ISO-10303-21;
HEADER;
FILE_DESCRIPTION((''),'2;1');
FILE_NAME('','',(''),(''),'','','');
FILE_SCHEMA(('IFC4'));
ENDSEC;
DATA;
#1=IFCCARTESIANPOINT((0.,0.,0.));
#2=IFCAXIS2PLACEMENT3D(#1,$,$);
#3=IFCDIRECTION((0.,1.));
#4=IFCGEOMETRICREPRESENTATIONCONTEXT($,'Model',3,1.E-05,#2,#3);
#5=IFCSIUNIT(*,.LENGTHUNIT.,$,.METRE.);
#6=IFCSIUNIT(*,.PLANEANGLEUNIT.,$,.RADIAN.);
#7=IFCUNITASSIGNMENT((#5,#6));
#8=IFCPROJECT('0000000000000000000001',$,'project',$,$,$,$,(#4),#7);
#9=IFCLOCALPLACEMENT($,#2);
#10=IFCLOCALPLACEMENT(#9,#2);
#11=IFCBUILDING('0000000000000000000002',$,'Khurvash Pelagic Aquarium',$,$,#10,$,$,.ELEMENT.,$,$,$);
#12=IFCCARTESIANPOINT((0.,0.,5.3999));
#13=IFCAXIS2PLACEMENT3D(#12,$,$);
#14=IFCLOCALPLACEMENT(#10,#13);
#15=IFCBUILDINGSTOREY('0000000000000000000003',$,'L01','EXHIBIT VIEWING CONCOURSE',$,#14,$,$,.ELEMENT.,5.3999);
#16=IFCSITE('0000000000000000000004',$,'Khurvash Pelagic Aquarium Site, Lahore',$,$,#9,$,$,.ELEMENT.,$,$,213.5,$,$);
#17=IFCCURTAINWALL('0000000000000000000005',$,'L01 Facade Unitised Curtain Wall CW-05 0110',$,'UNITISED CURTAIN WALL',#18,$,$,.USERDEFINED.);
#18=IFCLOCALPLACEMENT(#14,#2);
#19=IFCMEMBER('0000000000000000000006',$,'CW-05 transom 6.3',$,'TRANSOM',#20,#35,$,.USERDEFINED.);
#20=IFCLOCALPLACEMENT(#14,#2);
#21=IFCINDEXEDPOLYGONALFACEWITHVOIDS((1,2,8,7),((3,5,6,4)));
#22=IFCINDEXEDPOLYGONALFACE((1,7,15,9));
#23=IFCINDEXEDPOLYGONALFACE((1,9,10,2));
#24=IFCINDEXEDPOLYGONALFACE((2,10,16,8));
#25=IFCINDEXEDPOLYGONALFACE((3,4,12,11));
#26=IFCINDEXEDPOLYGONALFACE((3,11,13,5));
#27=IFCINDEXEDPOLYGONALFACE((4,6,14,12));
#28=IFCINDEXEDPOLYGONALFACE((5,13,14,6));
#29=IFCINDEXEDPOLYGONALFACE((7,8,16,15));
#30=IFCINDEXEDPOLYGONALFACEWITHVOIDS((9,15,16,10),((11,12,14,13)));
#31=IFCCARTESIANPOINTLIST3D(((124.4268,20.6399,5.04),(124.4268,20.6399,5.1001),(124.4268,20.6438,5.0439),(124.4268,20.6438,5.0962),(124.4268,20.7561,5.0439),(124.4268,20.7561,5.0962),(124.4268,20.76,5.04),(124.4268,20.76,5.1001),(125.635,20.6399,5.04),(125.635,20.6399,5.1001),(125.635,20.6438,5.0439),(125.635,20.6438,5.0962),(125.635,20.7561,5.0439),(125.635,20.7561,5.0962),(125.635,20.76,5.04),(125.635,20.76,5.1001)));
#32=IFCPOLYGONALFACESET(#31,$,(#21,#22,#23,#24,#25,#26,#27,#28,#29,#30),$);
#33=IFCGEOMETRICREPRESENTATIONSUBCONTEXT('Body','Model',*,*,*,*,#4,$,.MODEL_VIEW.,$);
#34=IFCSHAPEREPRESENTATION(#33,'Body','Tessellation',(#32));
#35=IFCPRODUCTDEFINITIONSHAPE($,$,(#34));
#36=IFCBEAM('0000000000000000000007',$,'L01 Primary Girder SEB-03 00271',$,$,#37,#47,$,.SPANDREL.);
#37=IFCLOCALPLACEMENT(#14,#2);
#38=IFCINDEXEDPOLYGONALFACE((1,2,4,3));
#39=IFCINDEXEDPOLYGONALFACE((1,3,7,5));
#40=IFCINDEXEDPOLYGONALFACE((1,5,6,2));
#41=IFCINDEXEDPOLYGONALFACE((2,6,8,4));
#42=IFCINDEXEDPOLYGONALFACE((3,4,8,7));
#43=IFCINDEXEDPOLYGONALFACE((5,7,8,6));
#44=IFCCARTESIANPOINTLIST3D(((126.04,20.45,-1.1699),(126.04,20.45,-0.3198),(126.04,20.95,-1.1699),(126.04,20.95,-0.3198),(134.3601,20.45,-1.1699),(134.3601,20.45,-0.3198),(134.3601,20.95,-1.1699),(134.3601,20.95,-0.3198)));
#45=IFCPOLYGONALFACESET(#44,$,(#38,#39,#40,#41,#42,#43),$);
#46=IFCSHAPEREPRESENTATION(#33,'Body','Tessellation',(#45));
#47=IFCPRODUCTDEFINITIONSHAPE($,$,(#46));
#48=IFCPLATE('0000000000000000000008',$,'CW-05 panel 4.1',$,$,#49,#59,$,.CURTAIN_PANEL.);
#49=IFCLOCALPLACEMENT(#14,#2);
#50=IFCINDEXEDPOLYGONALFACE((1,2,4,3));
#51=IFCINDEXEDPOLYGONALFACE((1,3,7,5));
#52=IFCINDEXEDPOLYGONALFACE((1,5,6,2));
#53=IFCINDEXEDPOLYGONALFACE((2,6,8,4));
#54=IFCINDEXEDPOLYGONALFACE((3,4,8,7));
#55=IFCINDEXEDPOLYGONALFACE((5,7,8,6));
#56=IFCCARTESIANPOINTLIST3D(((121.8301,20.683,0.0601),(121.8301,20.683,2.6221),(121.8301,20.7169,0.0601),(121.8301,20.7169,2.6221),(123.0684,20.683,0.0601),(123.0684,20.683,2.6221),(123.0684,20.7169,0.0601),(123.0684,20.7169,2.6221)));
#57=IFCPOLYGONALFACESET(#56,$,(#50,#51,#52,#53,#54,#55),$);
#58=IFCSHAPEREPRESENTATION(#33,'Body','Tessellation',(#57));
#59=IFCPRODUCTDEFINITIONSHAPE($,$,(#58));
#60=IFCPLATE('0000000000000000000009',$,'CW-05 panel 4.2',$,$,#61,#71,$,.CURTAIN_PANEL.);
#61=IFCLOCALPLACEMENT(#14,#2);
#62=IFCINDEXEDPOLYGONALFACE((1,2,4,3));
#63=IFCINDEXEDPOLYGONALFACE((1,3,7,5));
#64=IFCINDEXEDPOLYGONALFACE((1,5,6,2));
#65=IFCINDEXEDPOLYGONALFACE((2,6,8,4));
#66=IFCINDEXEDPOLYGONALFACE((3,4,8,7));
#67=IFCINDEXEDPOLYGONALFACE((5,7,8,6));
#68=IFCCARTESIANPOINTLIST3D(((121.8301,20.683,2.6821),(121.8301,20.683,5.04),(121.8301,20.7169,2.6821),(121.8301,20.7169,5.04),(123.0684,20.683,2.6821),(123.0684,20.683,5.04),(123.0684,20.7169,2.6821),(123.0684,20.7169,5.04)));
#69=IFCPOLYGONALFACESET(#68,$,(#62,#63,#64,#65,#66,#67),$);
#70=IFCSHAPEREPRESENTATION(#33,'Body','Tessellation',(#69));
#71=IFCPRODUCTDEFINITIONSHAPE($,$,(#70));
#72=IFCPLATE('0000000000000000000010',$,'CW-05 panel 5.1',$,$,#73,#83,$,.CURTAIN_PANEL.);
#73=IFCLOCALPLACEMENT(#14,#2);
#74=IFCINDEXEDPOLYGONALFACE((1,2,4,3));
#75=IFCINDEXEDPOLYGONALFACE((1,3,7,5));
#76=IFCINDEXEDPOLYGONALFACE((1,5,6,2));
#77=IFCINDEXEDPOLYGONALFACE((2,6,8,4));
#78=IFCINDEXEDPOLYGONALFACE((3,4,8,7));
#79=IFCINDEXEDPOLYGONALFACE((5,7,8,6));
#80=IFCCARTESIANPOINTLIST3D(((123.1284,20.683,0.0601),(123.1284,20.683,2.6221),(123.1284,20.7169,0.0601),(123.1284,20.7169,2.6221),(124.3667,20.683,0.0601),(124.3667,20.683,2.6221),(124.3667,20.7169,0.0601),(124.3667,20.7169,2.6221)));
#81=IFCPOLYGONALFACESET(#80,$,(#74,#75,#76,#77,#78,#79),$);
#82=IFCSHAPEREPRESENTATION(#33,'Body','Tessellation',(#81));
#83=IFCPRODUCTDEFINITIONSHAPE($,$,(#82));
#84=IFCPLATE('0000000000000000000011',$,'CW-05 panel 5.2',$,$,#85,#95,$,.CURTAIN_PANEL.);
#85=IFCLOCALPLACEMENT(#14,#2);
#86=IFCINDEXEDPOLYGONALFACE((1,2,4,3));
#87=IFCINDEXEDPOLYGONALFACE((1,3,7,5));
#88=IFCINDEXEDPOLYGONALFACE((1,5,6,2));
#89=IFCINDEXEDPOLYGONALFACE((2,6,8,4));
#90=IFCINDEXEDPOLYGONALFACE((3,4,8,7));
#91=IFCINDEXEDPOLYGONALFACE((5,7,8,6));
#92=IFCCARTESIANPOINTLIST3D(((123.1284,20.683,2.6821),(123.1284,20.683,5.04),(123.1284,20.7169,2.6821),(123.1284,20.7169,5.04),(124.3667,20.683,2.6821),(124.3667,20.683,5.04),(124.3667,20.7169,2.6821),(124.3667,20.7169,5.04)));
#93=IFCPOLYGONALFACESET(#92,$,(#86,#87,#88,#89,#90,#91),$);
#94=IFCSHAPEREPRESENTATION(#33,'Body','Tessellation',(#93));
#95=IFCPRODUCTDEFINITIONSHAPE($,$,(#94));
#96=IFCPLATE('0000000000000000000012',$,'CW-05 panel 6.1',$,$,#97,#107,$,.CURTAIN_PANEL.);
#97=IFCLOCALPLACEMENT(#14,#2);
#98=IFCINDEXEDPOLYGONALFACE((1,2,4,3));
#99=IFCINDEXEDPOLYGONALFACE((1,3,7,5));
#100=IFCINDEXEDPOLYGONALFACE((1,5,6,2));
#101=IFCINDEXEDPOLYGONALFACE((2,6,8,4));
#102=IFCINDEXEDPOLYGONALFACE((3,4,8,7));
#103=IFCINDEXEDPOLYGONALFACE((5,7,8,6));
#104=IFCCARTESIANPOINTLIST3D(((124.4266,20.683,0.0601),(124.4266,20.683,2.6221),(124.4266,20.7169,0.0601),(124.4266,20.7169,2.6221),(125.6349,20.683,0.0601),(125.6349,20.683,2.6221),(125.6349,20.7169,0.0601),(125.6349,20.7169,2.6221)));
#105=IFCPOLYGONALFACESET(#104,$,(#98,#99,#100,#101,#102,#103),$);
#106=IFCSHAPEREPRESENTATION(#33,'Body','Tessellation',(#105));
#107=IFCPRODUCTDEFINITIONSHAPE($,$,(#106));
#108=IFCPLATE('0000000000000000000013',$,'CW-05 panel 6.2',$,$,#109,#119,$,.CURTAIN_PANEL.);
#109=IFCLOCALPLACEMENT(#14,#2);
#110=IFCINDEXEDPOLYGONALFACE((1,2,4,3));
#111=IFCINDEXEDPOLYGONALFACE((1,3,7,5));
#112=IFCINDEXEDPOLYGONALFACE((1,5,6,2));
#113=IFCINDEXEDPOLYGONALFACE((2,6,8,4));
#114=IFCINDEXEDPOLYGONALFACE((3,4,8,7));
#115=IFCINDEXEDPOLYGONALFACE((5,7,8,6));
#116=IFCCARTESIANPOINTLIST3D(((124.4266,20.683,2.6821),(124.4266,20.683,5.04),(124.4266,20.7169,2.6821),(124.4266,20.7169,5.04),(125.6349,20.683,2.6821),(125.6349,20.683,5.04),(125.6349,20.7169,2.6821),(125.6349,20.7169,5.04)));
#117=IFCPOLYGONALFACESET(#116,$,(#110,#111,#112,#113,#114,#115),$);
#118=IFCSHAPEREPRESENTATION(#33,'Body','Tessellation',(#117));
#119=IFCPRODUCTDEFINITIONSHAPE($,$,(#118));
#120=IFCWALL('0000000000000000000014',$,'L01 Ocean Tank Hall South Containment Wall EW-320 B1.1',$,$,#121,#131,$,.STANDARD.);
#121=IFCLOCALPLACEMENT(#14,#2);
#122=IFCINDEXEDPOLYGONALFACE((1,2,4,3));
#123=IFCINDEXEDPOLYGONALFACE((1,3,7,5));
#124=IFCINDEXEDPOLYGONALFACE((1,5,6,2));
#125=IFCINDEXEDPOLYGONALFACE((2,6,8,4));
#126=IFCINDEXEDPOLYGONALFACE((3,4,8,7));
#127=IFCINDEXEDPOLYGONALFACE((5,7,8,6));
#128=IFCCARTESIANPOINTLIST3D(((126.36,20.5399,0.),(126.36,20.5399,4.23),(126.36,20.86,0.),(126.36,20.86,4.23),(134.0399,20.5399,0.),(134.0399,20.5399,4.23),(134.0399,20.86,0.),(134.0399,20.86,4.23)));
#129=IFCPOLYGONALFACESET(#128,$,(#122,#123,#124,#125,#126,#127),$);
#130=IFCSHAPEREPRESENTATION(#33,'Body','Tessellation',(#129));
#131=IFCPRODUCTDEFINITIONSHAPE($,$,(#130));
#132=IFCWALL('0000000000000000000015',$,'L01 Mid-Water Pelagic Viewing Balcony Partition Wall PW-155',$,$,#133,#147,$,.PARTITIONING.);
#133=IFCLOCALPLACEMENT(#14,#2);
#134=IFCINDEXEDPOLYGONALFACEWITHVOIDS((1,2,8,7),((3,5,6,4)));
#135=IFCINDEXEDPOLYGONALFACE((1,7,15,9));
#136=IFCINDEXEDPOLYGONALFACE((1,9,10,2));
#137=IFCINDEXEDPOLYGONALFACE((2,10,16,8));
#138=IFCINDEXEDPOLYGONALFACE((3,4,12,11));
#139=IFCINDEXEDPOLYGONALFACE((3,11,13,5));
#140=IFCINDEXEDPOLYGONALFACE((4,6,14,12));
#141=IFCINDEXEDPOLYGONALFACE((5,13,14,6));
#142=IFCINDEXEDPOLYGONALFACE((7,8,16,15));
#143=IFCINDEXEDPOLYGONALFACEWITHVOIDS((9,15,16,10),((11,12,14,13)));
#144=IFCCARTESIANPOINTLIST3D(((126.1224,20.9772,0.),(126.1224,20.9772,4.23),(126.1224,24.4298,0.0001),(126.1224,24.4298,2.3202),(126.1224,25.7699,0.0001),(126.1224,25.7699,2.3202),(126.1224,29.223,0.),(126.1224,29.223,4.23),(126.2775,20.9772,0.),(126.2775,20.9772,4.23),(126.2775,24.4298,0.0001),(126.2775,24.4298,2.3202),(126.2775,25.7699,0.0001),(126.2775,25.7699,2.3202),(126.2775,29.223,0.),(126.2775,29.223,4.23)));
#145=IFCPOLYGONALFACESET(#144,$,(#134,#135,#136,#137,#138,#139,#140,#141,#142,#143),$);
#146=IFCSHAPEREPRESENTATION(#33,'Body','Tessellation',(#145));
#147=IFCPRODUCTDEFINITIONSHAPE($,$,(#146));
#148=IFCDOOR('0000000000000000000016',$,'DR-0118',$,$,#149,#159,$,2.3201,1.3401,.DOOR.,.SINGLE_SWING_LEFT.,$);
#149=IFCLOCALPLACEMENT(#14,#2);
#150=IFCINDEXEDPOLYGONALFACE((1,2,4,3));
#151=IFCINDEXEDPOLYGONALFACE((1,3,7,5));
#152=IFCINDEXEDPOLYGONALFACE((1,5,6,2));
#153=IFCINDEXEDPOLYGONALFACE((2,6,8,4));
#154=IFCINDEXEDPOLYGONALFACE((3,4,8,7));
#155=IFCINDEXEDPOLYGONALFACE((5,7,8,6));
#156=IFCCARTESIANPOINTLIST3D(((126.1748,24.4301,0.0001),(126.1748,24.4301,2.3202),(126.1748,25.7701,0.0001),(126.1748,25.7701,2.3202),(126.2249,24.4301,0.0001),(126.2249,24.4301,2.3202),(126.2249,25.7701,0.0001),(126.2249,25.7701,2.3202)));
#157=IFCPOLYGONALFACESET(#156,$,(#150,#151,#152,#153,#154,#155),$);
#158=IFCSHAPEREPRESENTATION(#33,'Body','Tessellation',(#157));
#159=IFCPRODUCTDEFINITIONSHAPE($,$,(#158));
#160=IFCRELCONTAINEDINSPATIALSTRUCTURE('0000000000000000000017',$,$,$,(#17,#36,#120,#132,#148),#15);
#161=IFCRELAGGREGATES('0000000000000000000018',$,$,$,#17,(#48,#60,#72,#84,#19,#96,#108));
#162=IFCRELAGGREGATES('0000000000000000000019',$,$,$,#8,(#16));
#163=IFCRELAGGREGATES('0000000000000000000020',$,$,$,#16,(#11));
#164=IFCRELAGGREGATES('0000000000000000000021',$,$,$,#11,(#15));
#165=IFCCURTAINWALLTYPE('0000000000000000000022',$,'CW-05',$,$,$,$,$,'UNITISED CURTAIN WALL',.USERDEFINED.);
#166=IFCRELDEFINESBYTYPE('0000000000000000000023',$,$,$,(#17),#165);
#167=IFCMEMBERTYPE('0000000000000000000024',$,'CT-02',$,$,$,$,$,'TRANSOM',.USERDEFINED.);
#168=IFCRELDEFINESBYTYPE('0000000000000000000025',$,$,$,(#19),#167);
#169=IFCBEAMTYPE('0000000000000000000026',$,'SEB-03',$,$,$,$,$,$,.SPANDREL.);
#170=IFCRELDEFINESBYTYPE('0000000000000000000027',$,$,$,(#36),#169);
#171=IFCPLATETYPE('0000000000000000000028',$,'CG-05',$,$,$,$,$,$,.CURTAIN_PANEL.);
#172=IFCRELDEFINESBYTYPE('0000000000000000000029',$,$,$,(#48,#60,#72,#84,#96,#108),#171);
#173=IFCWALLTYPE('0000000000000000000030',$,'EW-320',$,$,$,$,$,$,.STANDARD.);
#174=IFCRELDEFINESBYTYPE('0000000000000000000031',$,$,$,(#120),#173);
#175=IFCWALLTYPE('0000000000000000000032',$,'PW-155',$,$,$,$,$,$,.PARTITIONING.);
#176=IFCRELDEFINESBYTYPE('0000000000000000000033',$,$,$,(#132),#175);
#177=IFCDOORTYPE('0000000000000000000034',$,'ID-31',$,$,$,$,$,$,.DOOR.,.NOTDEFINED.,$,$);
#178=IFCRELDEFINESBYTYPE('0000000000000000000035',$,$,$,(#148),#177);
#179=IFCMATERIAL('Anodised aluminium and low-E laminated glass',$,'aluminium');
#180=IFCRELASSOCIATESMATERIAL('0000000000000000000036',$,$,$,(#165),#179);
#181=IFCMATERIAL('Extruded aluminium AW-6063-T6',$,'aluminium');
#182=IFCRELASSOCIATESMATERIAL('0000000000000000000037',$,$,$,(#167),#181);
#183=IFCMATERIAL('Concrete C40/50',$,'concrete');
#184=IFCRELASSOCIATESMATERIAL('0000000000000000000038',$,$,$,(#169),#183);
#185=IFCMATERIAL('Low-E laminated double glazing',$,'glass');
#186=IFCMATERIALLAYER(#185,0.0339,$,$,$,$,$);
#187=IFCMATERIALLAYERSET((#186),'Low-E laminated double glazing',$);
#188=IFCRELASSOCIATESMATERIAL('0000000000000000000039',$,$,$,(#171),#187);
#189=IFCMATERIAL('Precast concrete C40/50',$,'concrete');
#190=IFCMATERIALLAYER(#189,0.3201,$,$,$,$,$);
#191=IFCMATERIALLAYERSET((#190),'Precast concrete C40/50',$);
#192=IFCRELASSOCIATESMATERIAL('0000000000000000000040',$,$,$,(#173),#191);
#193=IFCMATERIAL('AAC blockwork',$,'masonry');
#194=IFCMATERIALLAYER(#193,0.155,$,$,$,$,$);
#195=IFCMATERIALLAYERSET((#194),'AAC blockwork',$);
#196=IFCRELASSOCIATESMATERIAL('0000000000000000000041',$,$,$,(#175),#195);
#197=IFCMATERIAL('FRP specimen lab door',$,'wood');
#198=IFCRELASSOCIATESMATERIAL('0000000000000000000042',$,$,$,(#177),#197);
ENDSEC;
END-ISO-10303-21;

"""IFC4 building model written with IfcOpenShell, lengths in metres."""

from ifc_helpers import new_model, si_unit, direction, frame, frame_2d, origin, origin_2d, place, context, subcontext, project, spatial, rectangle, hollow_rectangle, extrude, material, layer, layer_set, material_profile, profile_set, type_object, element, fill, aggregate, save


model = new_model("IFC4")

# Units and contexts
model_context = context("Model", 3, precision=1e-05, world=origin(), true_north=direction((0.0, 1.0)))
body_context = subcontext(model_context, "Body", "Model", "MODEL_VIEW")
ifc_project = project(units=[si_unit("LENGTHUNIT", "METRE"), si_unit("PLANEANGLEUNIT", "RADIAN")], contexts=[model_context])

# Site, building, storey
site_placement = place(None, origin())
site = spatial("IfcSite", under=ifc_project, at=site_placement, Name="Khurvash Pelagic Aquarium Site, Lahore", CompositionType="ELEMENT", RefElevation=213.5)
building_placement = place(site_placement, origin())
building = spatial("IfcBuilding", under=site, at=building_placement, Name="Khurvash Pelagic Aquarium", CompositionType="ELEMENT")
storey_placement = place(building_placement, frame((0.0, 0.0, 5.3999)))
storey = spatial("IfcBuildingStorey", under=building, at=storey_placement, Name="L01", Description="EXHIBIT VIEWING CONCOURSE", CompositionType="ELEMENT", Elevation=5.3999)

# Shared definitions
ifc_material_1 = material(Name="Concrete C40/50", Category="concrete")

# Curtain wall, member
ifc_material_2 = material(Name="Anodised aluminium and low-E laminated glass", Category="aluminium")
curtain_wall_type = type_object("IfcCurtainWallType", Name="CW-05", ElementType="UNITISED CURTAIN WALL", PredefinedType="USERDEFINED", material=ifc_material_2)
curtain_wall_placement = place(storey_placement, origin())
curtain_wall = element("IfcCurtainWall", 1, at=curtain_wall_placement, inside=storey, type_object=curtain_wall_type, Name="L01 Facade Unitised Curtain Wall CW-05 0110", ObjectType="UNITISED CURTAIN WALL", PredefinedType="USERDEFINED")
ifc_material_3 = material(Name="Extruded aluminium AW-6063-T6", Category="aluminium")
ifc_material_profile_1 = material_profile(ifc_material_3, hollow_rectangle(XDim=0.1201, YDim=0.0601, WallThickness=0.0039, at=origin_2d()), Name="CWT120X60X4")
ifc_profile_set_1 = profile_set([ifc_material_profile_1], Name="Extruded aluminium AW-6063-T6")
member_type_1 = type_object("IfcMemberType", Name="CT-02", ElementType="TRANSOM", PredefinedType="USERDEFINED", material=ifc_profile_set_1)
member_1_placement = place(storey_placement, frame((124.4268, 20.7, 5.0701), z_axis=(1.0, 0.0, 0.0), x_axis=(0.0, 1.0, 0.0)))
member_1 = element("IfcMember", 2, at=member_1_placement, type_object=member_type_1, Name="CW-05 transom 6.3", ObjectType="TRANSOM", PredefinedType="USERDEFINED", context=body_context, shape_type="SweptSolid", body=[
    extrude(hollow_rectangle(XDim=0.1201, YDim=0.0601, WallThickness=0.0039, at=origin_2d()), origin(), (0.0, 0.0, 1.0), 1.2083),
])

# Beam
ifc_material_profile_2 = material_profile(ifc_material_1, rectangle(XDim=0.5, YDim=0.8501, at=origin_2d()), Name="RC500X850")
ifc_profile_set_2 = profile_set([ifc_material_profile_2], Name="Concrete C40/50")
beam_type_1 = type_object("IfcBeamType", Name="SEB-03", PredefinedType="SPANDREL", material=ifc_profile_set_2)
beam_1_placement = place(storey_placement, frame((126.04, 20.7, -0.7449), z_axis=(1.0, 0.0, 0.0), x_axis=(0.0, 1.0, 0.0)))
element("IfcBeam", 3, at=beam_1_placement, inside=storey, type_object=beam_type_1, Name="L01 Primary Girder SEB-03 00271", PredefinedType="SPANDREL", context=body_context, shape_type="SweptSolid", body=[
    extrude(rectangle(XDim=0.5, YDim=0.8501, at=origin_2d()), origin(), (0.0, 0.0, 1.0), 8.3201),
])

# Plates
ifc_material_4 = material(Name="Low-E laminated double glazing", Category="glass")
ifc_layer_1 = layer(ifc_material_4, 0.0339)
ifc_layer_set_1 = layer_set([ifc_layer_1], Name="Low-E laminated double glazing")
plate_type = type_object("IfcPlateType", Name="CG-05", PredefinedType="CURTAIN_PANEL", material=ifc_layer_set_1)
plate_1_placement = place(storey_placement, frame((122.4492, 20.7, 0.0601), z_axis=(0.0, 0.0, 1.0), x_axis=(1.0, 0.0, 0.0)))
plate_1 = element("IfcPlate", 4, at=plate_1_placement, type_object=plate_type, Name="CW-05 panel 4.1", PredefinedType="CURTAIN_PANEL", context=body_context, shape_type="SweptSolid", body=[
    extrude(rectangle(XDim=1.2383, YDim=0.0339, at=origin_2d()), origin(), (0.0, 0.0, 1.0), 2.562),
])
plate_2_placement = place(storey_placement, frame((122.4492, 20.7, 2.6821), z_axis=(0.0, 0.0, 1.0), x_axis=(1.0, 0.0, 0.0)))
plate_2 = element("IfcPlate", 5, at=plate_2_placement, type_object=plate_type, Name="CW-05 panel 4.2", PredefinedType="CURTAIN_PANEL", context=body_context, shape_type="SweptSolid", body=[
    extrude(rectangle(XDim=1.2383, YDim=0.0339, at=origin_2d()), origin(), (0.0, 0.0, 1.0), 2.3579),
])
plate_3_placement = place(storey_placement, frame((123.7476, 20.7, 0.0601), z_axis=(0.0, 0.0, 1.0), x_axis=(1.0, 0.0, 0.0)))
plate_3 = element("IfcPlate", 6, at=plate_3_placement, type_object=plate_type, Name="CW-05 panel 5.1", PredefinedType="CURTAIN_PANEL", context=body_context, shape_type="SweptSolid", body=[
    extrude(rectangle(XDim=1.2383, YDim=0.0339, at=origin_2d()), origin(), (0.0, 0.0, 1.0), 2.562),
])
plate_4_placement = place(storey_placement, frame((123.7476, 20.7, 2.6821), z_axis=(0.0, 0.0, 1.0), x_axis=(1.0, 0.0, 0.0)))
plate_4 = element("IfcPlate", 7, at=plate_4_placement, type_object=plate_type, Name="CW-05 panel 5.2", PredefinedType="CURTAIN_PANEL", context=body_context, shape_type="SweptSolid", body=[
    extrude(rectangle(XDim=1.2383, YDim=0.0339, at=origin_2d()), origin(), (0.0, 0.0, 1.0), 2.3579),
])
plate_5_placement = place(storey_placement, frame((125.0308, 20.7, 0.0601), z_axis=(0.0, 0.0, 1.0), x_axis=(1.0, 0.0, 0.0)))
plate_5 = element("IfcPlate", 8, at=plate_5_placement, type_object=plate_type, Name="CW-05 panel 6.1", PredefinedType="CURTAIN_PANEL", context=body_context, shape_type="SweptSolid", body=[
    extrude(rectangle(XDim=1.2083, YDim=0.0339, at=origin_2d()), origin(), (0.0, 0.0, 1.0), 2.562),
])
plate_6_placement = place(storey_placement, frame((125.0308, 20.7, 2.6821), z_axis=(0.0, 0.0, 1.0), x_axis=(1.0, 0.0, 0.0)))
plate_6 = element("IfcPlate", 9, at=plate_6_placement, type_object=plate_type, Name="CW-05 panel 6.2", PredefinedType="CURTAIN_PANEL", context=body_context, shape_type="SweptSolid", body=[
    extrude(rectangle(XDim=1.2083, YDim=0.0339, at=origin_2d()), origin(), (0.0, 0.0, 1.0), 2.3579),
])
aggregate(curtain_wall, [plate_1, plate_2, plate_3, plate_4, member_1, plate_5, plate_6])

# Wall
ifc_material_5 = material(Name="Precast concrete C40/50", Category="concrete")
ifc_layer_2 = layer(ifc_material_5, 0.3201)
ifc_layer_set_2 = layer_set([ifc_layer_2], Name="Precast concrete C40/50")
wall_type_1 = type_object("IfcWallType", Name="EW-320", PredefinedType="STANDARD", material=ifc_layer_set_2)
wall_1_placement = place(storey_placement, frame((126.3601, 20.7, 0.0), z_axis=(0.0, 0.0, 1.0), x_axis=(1.0, 0.0, 0.0)))
element("IfcWall", 10, at=wall_1_placement, inside=storey, type_object=wall_type_1, Name="L01 Ocean Tank Hall South Containment Wall EW-320 B1.1", PredefinedType="STANDARD", context=body_context, shape_type="SweptSolid", body=[
    extrude(rectangle(XDim=7.6799, YDim=0.3201, at=frame_2d((3.8398, 0.0))), origin(), (0.0, 0.0, 1.0), 4.23),
])

# Wall, opening, door
ifc_material_6 = material(Name="AAC blockwork", Category="masonry")
ifc_layer_3 = layer(ifc_material_6, 0.155)
ifc_layer_set_3 = layer_set([ifc_layer_3], Name="AAC blockwork")
wall_type_2 = type_object("IfcWallType", Name="PW-155", PredefinedType="PARTITIONING", material=ifc_layer_set_3)
wall_2_placement = place(storey_placement, frame((126.2, 20.9771, 0.0), z_axis=(0.0, 0.0, 1.0), x_axis=(0.0, 1.0, 0.0)))
wall_2 = element("IfcWall", 11, at=wall_2_placement, inside=storey, type_object=wall_type_2, Name="L01 Mid-Water Pelagic Viewing Balcony Partition Wall PW-155", PredefinedType="PARTITIONING", context=body_context, shape_type="SweptSolid", body=[
    extrude(rectangle(XDim=8.2458, YDim=0.155, at=frame_2d((4.123, 0.0))), origin(), (0.0, 0.0, 1.0), 4.23),
])
opening_placement = place(wall_2_placement, frame((3.4529, 0.0, 0.0)))
opening = element("IfcOpeningElement", 12, at=opening_placement, cuts=wall_2, PredefinedType="OPENING", context=body_context, shape_type="SweptSolid", body=[
    extrude(rectangle(XDim=1.3401, YDim=2.3201, at=frame_2d((0.6699, 1.1602))), frame((0.0, 0.0874, 0.0), z_axis=(0.0, -1.0, 0.0), x_axis=(1.0, 0.0, 0.0)), (0.0, 0.0, 1.0), 0.175),
])
ifc_material_7 = material(Name="FRP specimen lab door", Category="wood")
door_type = type_object("IfcDoorType", Name="ID-31", OperationType="NOTDEFINED", PredefinedType="DOOR", material=ifc_material_7)
door_placement = place(opening_placement, frame((1.3401, 0.0, 0.0), z_axis=(0.0, 0.0, 1.0), x_axis=(-1.0, 0.0, 0.0)))
door = element("IfcDoor", 13, at=door_placement, inside=storey, type_object=door_type, Name="DR-0118", OperationType="SINGLE_SWING_LEFT", OverallHeight=2.3201, OverallWidth=1.3401, PredefinedType="DOOR", context=body_context, shape_type="SweptSolid", body=[
    extrude(rectangle(XDim=1.3401, YDim=2.3201, at=frame_2d((0.6699, 1.1602))), frame((0.0, 0.0249, 0.0), z_axis=(0.0, -1.0, 0.0), x_axis=(1.0, 0.0, 0.0)), (0.0, 0.0, 1.0), 0.05),
])
fill(opening, door)

save(model, "model.ifc")
